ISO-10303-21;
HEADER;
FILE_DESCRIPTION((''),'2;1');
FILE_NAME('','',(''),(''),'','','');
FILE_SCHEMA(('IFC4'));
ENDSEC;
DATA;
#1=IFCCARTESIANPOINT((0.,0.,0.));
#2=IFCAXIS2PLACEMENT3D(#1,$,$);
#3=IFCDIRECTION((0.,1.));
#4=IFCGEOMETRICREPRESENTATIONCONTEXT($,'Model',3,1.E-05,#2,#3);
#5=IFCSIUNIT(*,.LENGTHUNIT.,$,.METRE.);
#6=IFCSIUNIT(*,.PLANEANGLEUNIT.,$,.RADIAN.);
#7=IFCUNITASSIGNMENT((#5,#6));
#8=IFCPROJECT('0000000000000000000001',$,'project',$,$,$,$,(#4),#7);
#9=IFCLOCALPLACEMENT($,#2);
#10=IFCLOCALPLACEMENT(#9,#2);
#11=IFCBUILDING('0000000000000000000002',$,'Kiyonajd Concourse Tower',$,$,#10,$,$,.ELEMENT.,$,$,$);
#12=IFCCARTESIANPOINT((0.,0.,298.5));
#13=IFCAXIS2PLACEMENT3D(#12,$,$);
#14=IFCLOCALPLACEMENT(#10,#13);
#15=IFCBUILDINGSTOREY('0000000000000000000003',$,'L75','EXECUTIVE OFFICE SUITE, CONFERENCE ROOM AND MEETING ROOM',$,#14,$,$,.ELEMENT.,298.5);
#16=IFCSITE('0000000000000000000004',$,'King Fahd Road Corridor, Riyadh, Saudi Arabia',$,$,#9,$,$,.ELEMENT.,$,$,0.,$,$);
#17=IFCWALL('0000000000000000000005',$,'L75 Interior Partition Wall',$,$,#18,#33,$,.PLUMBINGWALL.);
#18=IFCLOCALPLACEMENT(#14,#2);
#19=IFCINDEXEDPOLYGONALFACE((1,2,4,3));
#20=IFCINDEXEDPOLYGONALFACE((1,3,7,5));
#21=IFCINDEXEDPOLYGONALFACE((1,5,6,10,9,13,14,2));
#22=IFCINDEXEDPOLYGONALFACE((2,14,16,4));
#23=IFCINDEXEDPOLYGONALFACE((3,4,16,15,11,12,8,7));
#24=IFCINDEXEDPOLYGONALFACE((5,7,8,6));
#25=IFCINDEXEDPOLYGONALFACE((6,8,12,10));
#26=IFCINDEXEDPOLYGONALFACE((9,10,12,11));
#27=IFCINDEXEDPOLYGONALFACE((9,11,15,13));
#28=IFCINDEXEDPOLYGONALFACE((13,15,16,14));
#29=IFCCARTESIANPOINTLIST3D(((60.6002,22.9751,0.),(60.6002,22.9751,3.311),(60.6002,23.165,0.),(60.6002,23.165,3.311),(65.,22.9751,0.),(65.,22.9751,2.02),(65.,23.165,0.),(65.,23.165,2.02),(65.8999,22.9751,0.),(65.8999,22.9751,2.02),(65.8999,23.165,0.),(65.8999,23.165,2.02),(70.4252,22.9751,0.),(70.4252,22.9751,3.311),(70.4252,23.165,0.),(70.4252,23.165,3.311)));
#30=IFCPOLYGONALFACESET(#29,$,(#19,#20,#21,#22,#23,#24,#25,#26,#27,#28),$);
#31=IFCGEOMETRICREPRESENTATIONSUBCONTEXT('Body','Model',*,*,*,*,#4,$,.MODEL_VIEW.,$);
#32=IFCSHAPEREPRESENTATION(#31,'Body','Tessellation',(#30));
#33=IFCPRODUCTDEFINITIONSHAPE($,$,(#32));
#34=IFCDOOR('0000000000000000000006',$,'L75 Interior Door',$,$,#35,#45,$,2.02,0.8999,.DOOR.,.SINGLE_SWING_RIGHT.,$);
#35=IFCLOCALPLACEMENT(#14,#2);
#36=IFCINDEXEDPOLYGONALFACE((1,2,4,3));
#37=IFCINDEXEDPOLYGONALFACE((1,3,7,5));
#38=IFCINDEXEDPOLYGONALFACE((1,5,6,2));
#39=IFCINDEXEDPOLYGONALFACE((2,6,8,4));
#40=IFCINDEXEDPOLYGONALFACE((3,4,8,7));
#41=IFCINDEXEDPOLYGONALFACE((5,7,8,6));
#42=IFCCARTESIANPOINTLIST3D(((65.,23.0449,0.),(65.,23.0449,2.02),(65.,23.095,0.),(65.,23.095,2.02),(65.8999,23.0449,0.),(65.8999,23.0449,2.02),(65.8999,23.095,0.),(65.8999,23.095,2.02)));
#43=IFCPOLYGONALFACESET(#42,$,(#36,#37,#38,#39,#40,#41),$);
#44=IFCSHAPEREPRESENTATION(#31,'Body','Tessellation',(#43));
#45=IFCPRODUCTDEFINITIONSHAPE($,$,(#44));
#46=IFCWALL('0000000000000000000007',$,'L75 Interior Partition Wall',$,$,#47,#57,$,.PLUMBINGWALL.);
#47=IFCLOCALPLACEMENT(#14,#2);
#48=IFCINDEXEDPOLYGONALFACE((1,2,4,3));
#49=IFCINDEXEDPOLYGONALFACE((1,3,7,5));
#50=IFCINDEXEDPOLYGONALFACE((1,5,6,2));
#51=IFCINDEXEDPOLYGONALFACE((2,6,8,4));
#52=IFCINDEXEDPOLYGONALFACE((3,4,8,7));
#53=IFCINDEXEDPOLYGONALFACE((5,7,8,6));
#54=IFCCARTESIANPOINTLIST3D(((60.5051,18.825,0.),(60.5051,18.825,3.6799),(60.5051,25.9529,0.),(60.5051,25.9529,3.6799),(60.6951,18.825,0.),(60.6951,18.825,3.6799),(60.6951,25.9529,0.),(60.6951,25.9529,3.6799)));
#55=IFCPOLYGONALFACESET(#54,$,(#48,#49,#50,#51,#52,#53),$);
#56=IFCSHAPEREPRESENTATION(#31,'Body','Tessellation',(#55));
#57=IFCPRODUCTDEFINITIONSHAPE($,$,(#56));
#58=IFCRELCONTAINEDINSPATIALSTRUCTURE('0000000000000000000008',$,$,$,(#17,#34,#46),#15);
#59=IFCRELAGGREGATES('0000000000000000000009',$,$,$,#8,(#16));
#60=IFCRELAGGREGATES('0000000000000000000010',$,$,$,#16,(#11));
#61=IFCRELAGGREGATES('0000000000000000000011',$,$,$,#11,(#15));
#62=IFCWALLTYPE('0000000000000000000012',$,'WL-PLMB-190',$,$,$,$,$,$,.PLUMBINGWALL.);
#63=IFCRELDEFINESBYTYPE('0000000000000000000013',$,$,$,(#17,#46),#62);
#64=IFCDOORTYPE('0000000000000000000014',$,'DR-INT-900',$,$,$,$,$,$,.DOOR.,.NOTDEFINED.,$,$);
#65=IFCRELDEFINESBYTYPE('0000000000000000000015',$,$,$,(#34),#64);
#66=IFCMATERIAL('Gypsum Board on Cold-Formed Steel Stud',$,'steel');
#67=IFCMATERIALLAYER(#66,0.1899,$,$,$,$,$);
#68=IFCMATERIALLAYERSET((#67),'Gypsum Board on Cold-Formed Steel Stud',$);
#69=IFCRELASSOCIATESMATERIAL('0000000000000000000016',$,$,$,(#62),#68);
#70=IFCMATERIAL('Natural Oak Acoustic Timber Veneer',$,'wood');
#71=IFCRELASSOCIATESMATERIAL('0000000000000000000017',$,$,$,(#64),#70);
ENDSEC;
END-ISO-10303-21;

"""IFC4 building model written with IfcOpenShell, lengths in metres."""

from ifc_helpers import new_model, si_unit, direction, frame, frame_2d, origin, place, context, subcontext, project, spatial, rectangle, extrude, material, layer, layer_set, type_object, element, fill, save


model = new_model("IFC4")

# Units and contexts
model_context = context("Model", 3, precision=1e-05, world=origin(), true_north=direction((0.0, 1.0)))
body_context = subcontext(model_context, "Body", "Model", "MODEL_VIEW")
ifc_project = project(units=[si_unit("LENGTHUNIT", "METRE"), si_unit("PLANEANGLEUNIT", "RADIAN")], contexts=[model_context])

# Site, building, storey
site_placement = place(None, origin())
site = spatial("IfcSite", under=ifc_project, at=site_placement, Name="King Fahd Road Corridor, Riyadh, Saudi Arabia", CompositionType="ELEMENT", RefElevation=0.0)
building_placement = place(site_placement, origin())
building = spatial("IfcBuilding", under=site, at=building_placement, Name="Kiyonajd Concourse Tower", CompositionType="ELEMENT")
storey_placement = place(building_placement, frame((0.0, 0.0, 298.5)))
storey = spatial("IfcBuildingStorey", under=building, at=storey_placement, Name="L75", Description="EXECUTIVE OFFICE SUITE, CONFERENCE ROOM AND MEETING ROOM", CompositionType="ELEMENT", Elevation=298.5)

# Shared definitions
ifc_material_1 = material(Name="Gypsum Board on Cold-Formed Steel Stud", Category="steel")
ifc_layer_1 = layer(ifc_material_1, 0.1899)
ifc_layer_set_1 = layer_set([ifc_layer_1], Name="Gypsum Board on Cold-Formed Steel Stud")
wall_type_1 = type_object("IfcWallType", Name="WL-PLMB-190", PredefinedType="PLUMBINGWALL", material=ifc_layer_set_1)

# Wall, opening, door
wall_1_placement = place(storey_placement, frame((60.6001, 23.0701, 0.0), z_axis=(0.0, 0.0, 1.0), x_axis=(1.0, 0.0, 0.0)))
wall_1 = element("IfcWall", 1, at=wall_1_placement, inside=storey, type_object=wall_type_1, Name="L75 Interior Partition Wall", PredefinedType="PLUMBINGWALL", context=body_context, shape_type="SweptSolid", body=[
    extrude(rectangle(XDim=9.825, YDim=0.1899, at=frame_2d((4.9126, 0.0))), origin(), (0.0, 0.0, 1.0), 3.311),
])
opening_1_placement = place(wall_1_placement, frame((4.3999, 0.0, 0.0)))
opening_1 = element("IfcOpeningElement", 2, at=opening_1_placement, cuts=wall_1, PredefinedType="OPENING", context=body_context, shape_type="SweptSolid", body=[
    extrude(rectangle(XDim=0.8999, YDim=2.02, at=frame_2d((0.45, 1.01))), frame((0.0, 0.105, 0.0), z_axis=(0.0, -1.0, 0.0), x_axis=(1.0, 0.0, 0.0)), (0.0, 0.0, 1.0), 0.21),
])
ifc_material_2 = material(Name="Natural Oak Acoustic Timber Veneer", Category="wood")
door_type = type_object("IfcDoorType", Name="DR-INT-900", OperationType="NOTDEFINED", PredefinedType="DOOR", material=ifc_material_2)
door_placement = place(opening_1_placement, origin())
door = element("IfcDoor", 3, at=door_placement, inside=storey, type_object=door_type, Name="L75 Interior Door", OperationType="SINGLE_SWING_RIGHT", OverallHeight=2.02, OverallWidth=0.8999, PredefinedType="DOOR", context=body_context, shape_type="SweptSolid", body=[
    extrude(rectangle(XDim=0.8999, YDim=2.02, at=frame_2d((0.45, 1.01))), frame((0.0, 0.0249, 0.0), z_axis=(0.0, -1.0, 0.0), x_axis=(1.0, 0.0, 0.0)), (0.0, 0.0, 1.0), 0.05),
])
fill(opening_1, door)

# Wall
wall_2_placement = place(storey_placement, frame((60.6001, 18.825, 0.0), z_axis=(0.0, 0.0, 1.0), x_axis=(0.0, 1.0, 0.0)))
element("IfcWall", 4, at=wall_2_placement, inside=storey, type_object=wall_type_1, Name="L75 Interior Partition Wall", PredefinedType="PLUMBINGWALL", context=body_context, shape_type="SweptSolid", body=[
    extrude(rectangle(XDim=7.1279, YDim=0.1899, at=frame_2d((3.564, 0.0))), origin(), (0.0, 0.0, 1.0), 3.6799),
])

save(model, "model.ifc")
